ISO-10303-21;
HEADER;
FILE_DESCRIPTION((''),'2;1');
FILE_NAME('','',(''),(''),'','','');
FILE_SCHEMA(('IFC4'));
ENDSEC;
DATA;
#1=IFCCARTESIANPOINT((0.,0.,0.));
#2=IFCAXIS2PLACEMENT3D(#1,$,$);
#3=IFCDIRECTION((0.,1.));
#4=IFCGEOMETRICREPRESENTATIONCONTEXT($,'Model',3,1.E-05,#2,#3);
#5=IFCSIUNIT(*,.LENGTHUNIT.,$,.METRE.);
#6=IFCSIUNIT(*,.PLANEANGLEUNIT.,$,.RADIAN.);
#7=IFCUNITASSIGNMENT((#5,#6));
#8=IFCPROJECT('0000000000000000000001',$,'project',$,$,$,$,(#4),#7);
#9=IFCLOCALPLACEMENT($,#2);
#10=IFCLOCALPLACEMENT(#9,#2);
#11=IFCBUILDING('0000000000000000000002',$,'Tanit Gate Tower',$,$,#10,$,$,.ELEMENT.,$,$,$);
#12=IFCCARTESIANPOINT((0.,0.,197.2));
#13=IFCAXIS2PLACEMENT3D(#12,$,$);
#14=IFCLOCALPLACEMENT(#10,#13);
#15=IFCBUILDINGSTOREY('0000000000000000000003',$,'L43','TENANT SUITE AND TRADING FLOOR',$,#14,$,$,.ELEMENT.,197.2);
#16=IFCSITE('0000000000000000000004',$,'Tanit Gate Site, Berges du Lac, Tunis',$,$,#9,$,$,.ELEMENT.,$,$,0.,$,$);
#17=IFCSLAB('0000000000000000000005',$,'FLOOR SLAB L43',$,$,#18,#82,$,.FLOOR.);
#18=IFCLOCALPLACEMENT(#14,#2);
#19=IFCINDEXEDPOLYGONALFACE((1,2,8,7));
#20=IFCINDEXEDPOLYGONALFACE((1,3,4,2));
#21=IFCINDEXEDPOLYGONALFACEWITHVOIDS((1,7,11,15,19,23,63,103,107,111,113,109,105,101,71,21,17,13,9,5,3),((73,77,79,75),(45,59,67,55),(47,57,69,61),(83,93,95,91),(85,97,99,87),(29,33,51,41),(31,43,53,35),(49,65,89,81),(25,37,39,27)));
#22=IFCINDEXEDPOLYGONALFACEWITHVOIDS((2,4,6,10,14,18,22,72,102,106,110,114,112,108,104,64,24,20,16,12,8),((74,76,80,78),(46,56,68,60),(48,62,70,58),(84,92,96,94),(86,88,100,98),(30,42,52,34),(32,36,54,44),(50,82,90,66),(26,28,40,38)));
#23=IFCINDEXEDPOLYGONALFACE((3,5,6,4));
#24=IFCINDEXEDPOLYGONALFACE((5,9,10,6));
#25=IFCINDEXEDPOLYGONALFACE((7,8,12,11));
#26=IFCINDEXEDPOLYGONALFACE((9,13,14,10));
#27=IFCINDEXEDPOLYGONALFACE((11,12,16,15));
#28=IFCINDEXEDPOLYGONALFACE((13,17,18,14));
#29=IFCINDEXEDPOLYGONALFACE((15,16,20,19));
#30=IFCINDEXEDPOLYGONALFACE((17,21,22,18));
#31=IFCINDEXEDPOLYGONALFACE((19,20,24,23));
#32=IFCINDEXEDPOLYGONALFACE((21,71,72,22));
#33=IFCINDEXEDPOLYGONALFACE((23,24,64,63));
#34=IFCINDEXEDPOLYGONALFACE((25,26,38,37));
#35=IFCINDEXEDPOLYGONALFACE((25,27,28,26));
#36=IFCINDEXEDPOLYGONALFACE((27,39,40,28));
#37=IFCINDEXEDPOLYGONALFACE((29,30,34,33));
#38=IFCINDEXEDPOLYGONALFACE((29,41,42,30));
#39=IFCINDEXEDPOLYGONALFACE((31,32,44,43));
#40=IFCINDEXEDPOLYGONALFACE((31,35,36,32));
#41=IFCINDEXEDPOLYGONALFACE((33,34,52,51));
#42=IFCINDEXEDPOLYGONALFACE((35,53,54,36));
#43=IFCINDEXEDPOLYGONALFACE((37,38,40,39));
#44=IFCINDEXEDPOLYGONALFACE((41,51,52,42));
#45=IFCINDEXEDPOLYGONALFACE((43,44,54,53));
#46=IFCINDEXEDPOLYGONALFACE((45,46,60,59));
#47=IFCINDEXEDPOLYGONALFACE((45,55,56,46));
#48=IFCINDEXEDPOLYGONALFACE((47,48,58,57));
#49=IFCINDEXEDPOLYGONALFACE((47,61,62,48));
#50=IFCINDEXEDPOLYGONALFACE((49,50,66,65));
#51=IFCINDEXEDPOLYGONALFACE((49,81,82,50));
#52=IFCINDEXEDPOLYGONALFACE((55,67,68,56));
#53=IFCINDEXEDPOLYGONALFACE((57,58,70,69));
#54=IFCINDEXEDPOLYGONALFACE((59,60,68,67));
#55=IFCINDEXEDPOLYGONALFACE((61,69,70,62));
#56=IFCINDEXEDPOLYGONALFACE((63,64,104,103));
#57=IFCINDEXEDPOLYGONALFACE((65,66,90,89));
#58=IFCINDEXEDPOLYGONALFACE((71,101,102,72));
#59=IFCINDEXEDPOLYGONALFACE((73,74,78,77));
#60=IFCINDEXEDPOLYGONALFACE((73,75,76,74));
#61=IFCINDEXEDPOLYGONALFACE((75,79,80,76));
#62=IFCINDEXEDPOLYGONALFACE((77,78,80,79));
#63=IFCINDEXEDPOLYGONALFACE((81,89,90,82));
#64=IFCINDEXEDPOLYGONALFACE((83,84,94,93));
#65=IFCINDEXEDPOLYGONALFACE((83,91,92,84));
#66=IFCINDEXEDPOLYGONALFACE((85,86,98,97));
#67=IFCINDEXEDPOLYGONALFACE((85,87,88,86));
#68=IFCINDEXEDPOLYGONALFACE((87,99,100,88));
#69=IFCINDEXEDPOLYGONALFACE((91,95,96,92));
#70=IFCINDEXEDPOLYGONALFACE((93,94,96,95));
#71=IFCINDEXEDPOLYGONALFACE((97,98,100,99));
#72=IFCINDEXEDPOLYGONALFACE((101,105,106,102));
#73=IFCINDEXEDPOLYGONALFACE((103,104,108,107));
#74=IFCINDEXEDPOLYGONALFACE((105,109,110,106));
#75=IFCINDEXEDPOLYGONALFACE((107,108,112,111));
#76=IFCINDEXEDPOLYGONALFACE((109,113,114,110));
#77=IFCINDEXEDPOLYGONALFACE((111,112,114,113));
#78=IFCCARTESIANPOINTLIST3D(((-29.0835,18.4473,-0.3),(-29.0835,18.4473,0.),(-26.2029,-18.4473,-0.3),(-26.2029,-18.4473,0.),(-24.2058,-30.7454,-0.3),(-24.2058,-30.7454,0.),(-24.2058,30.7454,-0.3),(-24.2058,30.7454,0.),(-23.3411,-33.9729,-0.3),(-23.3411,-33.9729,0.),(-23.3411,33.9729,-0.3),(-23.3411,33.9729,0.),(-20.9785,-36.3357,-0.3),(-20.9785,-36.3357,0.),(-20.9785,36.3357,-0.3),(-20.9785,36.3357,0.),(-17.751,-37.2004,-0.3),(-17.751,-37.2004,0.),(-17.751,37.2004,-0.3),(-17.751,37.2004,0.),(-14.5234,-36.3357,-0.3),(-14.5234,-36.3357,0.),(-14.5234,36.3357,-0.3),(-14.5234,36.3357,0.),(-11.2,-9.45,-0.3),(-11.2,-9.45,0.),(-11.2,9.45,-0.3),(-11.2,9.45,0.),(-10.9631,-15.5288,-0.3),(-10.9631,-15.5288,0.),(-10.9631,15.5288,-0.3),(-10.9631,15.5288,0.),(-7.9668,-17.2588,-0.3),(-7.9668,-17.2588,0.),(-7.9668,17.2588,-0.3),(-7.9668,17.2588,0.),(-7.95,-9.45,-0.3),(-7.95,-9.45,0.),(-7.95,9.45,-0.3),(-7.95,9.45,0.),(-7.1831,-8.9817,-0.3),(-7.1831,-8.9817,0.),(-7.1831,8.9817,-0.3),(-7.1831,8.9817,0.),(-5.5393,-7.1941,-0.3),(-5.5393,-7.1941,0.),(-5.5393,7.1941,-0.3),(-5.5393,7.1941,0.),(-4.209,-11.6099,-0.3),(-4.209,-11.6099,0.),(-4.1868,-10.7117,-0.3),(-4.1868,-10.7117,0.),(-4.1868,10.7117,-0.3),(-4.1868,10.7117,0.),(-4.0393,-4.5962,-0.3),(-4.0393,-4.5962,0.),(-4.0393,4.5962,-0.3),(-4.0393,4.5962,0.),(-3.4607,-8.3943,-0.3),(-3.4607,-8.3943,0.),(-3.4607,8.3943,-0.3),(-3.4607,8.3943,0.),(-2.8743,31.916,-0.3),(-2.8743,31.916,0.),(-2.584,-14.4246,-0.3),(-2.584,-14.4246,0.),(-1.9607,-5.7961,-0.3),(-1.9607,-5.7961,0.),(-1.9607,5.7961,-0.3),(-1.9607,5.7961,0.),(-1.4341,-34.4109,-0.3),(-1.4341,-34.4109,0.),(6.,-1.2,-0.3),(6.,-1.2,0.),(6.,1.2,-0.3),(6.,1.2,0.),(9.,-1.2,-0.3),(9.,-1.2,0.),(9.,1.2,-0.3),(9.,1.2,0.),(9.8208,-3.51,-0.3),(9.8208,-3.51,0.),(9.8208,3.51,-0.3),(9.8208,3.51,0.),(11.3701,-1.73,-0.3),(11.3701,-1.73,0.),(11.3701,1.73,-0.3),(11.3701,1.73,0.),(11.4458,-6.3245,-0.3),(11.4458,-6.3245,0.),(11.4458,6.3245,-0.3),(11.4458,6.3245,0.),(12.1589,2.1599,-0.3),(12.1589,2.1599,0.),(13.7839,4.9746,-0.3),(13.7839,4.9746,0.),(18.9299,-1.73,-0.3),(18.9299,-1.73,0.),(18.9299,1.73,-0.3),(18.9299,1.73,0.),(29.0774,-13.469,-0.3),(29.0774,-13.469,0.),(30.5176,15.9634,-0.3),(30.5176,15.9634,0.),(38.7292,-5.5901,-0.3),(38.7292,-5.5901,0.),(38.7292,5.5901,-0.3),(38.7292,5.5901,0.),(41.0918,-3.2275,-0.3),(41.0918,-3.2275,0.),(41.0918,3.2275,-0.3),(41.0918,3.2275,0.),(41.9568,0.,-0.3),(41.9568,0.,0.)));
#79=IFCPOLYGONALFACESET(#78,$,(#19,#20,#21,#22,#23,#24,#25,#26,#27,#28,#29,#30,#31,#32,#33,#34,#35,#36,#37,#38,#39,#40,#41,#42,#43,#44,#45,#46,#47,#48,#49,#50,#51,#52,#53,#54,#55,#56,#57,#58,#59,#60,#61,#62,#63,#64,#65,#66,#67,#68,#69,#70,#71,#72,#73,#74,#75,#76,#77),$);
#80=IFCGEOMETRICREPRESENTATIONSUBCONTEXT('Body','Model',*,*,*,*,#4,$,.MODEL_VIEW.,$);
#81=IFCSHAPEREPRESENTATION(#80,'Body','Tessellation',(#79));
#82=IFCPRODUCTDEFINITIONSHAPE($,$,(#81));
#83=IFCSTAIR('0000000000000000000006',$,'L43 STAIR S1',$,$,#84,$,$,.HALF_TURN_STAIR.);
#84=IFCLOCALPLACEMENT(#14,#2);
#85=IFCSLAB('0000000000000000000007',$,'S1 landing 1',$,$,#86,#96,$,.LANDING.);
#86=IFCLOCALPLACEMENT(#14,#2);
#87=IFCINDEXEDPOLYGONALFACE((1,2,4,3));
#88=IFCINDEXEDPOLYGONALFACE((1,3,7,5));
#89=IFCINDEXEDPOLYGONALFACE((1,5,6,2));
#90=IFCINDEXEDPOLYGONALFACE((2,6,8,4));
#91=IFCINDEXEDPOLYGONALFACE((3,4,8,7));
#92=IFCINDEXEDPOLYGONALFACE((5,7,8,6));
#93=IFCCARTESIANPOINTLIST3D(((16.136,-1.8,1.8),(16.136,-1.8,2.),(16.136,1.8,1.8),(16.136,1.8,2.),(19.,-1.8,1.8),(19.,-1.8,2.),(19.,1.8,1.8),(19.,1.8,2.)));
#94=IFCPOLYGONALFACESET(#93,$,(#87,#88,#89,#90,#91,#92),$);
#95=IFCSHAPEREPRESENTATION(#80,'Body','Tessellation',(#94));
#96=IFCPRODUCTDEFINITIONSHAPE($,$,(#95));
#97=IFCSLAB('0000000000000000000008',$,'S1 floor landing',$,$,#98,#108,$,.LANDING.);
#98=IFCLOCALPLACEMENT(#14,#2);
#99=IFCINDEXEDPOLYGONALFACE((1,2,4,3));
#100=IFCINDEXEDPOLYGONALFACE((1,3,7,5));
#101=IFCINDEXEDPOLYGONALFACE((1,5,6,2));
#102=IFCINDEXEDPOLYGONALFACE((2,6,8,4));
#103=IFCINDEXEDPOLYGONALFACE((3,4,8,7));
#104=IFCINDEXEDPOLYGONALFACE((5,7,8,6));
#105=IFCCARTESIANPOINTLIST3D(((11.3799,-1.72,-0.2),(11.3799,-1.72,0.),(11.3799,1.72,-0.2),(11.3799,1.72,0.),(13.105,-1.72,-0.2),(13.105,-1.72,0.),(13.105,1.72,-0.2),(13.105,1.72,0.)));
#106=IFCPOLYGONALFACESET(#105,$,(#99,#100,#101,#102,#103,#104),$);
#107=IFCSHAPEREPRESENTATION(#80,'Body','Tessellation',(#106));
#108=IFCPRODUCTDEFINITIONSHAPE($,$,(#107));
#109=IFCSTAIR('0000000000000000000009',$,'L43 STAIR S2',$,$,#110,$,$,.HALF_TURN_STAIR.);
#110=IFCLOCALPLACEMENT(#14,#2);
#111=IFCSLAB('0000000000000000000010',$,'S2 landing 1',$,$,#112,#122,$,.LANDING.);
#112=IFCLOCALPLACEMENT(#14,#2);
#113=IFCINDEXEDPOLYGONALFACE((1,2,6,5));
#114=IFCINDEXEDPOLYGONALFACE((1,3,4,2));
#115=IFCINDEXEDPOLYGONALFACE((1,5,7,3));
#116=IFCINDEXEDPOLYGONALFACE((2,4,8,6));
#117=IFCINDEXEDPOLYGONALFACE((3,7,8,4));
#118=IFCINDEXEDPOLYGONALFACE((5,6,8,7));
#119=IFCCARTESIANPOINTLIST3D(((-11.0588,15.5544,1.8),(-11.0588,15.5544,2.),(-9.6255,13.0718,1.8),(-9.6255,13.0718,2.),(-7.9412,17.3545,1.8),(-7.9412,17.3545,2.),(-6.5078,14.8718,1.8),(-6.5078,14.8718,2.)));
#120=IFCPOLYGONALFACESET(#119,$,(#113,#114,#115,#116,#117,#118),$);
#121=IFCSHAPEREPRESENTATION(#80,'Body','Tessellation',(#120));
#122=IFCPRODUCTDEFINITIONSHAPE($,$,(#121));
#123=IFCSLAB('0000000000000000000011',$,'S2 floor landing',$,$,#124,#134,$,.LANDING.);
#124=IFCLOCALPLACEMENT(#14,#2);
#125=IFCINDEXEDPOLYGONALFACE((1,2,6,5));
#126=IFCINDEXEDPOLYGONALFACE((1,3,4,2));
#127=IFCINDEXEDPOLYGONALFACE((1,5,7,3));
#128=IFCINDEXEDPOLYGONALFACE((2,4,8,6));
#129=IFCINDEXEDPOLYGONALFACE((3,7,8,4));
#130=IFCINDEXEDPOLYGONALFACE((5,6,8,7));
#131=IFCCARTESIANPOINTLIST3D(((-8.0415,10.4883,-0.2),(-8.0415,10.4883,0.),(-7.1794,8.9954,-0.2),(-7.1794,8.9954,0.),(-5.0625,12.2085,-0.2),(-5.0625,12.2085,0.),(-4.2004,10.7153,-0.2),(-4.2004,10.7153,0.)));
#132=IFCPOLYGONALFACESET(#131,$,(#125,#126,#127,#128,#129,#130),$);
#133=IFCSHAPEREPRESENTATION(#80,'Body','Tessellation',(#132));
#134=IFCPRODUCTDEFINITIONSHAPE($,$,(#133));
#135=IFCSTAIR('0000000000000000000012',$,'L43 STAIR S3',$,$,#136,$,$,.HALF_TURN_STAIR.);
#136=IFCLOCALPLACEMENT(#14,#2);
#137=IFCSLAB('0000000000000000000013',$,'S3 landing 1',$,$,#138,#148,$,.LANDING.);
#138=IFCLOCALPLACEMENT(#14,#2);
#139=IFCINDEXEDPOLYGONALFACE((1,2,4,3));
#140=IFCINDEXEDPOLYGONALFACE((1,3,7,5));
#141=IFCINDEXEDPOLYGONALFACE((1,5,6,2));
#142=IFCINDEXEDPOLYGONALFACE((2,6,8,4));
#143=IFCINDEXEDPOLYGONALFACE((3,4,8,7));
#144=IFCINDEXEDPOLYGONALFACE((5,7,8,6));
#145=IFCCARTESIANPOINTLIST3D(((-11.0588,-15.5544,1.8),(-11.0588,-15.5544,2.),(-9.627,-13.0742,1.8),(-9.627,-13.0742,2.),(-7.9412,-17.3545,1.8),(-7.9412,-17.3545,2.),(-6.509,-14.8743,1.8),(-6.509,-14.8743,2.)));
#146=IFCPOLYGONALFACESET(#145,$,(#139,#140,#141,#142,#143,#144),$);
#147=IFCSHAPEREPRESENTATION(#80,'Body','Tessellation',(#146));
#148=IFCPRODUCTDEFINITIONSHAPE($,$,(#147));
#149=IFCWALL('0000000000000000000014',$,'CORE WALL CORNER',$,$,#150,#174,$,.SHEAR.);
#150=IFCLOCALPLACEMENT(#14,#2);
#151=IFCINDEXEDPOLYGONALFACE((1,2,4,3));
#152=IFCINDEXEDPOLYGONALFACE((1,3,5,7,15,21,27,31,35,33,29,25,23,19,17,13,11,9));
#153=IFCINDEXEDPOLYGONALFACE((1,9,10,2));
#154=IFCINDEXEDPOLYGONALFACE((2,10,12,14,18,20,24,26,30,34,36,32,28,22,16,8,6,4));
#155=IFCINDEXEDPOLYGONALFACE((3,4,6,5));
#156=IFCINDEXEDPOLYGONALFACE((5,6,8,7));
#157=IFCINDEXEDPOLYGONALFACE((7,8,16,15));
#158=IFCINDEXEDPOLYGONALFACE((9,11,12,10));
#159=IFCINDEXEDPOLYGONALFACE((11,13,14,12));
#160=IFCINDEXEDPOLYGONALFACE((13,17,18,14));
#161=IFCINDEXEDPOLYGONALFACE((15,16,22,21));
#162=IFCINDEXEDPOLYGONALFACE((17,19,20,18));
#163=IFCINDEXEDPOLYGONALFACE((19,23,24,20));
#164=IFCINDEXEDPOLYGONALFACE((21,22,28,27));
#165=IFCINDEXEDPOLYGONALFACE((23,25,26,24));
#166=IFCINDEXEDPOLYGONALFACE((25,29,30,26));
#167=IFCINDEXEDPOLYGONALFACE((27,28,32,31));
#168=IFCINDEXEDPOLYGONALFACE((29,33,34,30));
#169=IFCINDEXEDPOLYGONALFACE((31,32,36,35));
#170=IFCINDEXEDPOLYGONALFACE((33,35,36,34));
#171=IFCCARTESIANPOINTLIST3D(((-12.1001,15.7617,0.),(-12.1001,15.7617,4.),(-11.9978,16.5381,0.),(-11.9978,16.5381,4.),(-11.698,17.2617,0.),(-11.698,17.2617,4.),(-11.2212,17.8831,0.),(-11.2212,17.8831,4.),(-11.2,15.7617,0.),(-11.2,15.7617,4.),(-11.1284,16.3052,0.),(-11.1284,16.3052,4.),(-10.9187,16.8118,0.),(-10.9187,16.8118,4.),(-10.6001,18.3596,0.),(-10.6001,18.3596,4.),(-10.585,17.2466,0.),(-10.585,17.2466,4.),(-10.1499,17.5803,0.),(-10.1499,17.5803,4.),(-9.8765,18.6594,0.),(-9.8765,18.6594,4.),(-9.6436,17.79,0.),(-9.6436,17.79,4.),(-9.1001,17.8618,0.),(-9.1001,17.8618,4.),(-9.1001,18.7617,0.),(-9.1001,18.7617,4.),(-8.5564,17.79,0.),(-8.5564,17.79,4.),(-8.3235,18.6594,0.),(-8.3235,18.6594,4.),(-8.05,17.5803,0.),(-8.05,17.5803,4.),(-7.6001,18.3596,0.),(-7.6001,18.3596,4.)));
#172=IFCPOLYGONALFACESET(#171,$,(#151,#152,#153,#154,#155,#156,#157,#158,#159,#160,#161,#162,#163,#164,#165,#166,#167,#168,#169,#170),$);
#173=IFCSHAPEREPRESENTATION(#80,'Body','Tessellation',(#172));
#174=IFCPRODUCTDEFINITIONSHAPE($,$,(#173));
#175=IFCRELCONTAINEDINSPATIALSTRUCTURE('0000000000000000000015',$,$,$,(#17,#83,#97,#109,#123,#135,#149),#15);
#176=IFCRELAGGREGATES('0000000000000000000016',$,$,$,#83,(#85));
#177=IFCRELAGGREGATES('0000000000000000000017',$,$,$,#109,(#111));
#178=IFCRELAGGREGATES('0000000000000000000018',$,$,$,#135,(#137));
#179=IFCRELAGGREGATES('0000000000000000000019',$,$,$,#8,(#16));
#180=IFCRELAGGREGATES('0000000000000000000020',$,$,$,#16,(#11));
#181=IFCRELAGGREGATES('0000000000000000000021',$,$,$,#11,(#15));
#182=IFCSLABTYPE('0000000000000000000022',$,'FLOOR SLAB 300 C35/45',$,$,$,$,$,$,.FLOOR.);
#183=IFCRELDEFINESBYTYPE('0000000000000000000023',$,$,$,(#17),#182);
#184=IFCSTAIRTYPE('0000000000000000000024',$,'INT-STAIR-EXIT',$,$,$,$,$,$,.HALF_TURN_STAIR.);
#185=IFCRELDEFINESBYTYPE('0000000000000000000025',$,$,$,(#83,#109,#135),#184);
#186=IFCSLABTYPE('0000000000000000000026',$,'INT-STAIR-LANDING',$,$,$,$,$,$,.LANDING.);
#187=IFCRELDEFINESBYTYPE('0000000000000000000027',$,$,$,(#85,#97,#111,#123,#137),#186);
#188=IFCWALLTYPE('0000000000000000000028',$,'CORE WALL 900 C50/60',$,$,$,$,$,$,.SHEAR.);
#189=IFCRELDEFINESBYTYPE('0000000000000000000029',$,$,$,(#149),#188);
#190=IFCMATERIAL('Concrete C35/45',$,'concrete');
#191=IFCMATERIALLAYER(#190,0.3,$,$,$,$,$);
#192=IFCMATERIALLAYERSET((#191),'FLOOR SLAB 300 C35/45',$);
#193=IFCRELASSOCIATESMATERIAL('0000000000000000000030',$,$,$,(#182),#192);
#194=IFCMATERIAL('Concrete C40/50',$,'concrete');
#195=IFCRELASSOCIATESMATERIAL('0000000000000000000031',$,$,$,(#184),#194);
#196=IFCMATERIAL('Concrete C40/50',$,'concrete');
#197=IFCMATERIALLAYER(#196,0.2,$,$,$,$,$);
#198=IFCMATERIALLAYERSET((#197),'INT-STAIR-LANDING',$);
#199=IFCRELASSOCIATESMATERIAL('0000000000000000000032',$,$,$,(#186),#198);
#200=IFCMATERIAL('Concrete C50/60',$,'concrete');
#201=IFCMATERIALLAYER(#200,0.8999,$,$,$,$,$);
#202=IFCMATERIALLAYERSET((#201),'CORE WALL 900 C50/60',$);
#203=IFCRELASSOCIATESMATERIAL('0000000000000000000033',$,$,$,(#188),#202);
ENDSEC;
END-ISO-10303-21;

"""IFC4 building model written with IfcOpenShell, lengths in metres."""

from ifc_helpers import new_model, si_unit, direction, frame, origin, place, context, subcontext, project, spatial, polyline, outline, extrude, material, layer, layer_set, type_object, element, aggregate, save


model = new_model("IFC4")

# Units and contexts
model_context = context("Model", 3, precision=1e-05, world=origin(), true_north=direction((0.0, 1.0)))
body_context = subcontext(model_context, "Body", "Model", "MODEL_VIEW")
ifc_project = project(units=[si_unit("LENGTHUNIT", "METRE"), si_unit("PLANEANGLEUNIT", "RADIAN")], contexts=[model_context])

# Site, building, storey
site_placement = place(None, origin())
site = spatial("IfcSite", under=ifc_project, at=site_placement, Name="Tanit Gate Site, Berges du Lac, Tunis", CompositionType="ELEMENT", RefElevation=0.0)
building_placement = place(site_placement, origin())
building = spatial("IfcBuilding", under=site, at=building_placement, Name="Tanit Gate Tower", CompositionType="ELEMENT")
storey_placement = place(building_placement, frame((0.0, 0.0, 197.2)))
storey = spatial("IfcBuildingStorey", under=building, at=storey_placement, Name="L43", Description="TENANT SUITE AND TRADING FLOOR", CompositionType="ELEMENT", Elevation=197.2)

# Slab
ifc_material_1 = material(Name="Concrete C35/45", Category="concrete")
ifc_layer_1 = layer(ifc_material_1, 0.3)
ifc_layer_set_1 = layer_set([ifc_layer_1], Name="FLOOR SLAB 300 C35/45")
slab_type_1 = type_object("IfcSlabType", Name="FLOOR SLAB 300 C35/45", PredefinedType="FLOOR", material=ifc_layer_set_1)
slab_1_placement = place(storey_placement, frame((0.0, 0.0, -0.3)))
element("IfcSlab", 1, at=slab_1_placement, inside=storey, type_object=slab_type_1, Name="FLOOR SLAB L43", PredefinedType="FLOOR", context=body_context, shape_type="SweptSolid", body=[
    extrude(outline(polyline([(38.7292, 5.5901), (41.0918, 3.2275), (41.9568, 0.0), (41.0918, -3.2275), (38.7292, -5.5901), (29.0774, -13.469), (-1.4341, -34.4109), (-14.5234, -36.3357), (-17.751, -37.2004), (-20.9785, -36.3357), (-23.3411, -33.9729), (-24.2058, -30.7454), (-26.2029, -18.4473), (-29.0835, 18.4473), (-24.2058, 30.7454), (-23.3411, 33.9729), (-20.9785, 36.3357), (-17.751, 37.2004), (-14.5234, 36.3357), (-2.8743, 31.916), (30.5176, 15.9634), (38.7292, 5.5901)]), holes=[polyline([(11.3701, 1.73), (18.9299, 1.73), (18.9299, -1.73), (11.3701, -1.73), (11.3701, 1.73)]), polyline([(9.8208, 3.51), (11.4458, 6.3245), (13.7839, 4.9746), (12.1589, 2.1599), (9.8208, 3.51)]), polyline([(-4.209, -11.6099), (9.8208, -3.51), (11.4458, -6.3245), (-2.584, -14.4246), (-4.209, -11.6099)]), polyline([(6.0, 1.2), (9.0, 1.2), (9.0, -1.2), (6.0, -1.2), (6.0, 1.2)]), polyline([(-5.5393, 7.1941), (-3.4607, 8.3943), (-1.9607, 5.7961), (-4.0393, 4.5962), (-5.5393, 7.1941)]), polyline([(-1.9607, -5.7961), (-3.4607, -8.3943), (-5.5393, -7.1941), (-4.0393, -4.5962), (-1.9607, -5.7961)]), polyline([(-10.9631, 15.5288), (-7.9668, 17.2588), (-4.1868, 10.7117), (-7.1831, 8.9817), (-10.9631, 15.5288)]), polyline([(-4.1868, -10.7117), (-7.9668, -17.2588), (-10.9631, -15.5288), (-7.1831, -8.9817), (-4.1868, -10.7117)]), polyline([(-11.2, -9.45), (-11.2, 9.45), (-7.95, 9.45), (-7.95, -9.45), (-11.2, -9.45)])]), origin(), (0.0, 0.0, 1.0), 0.3),
])

# Stair, slab
ifc_material_2 = material(Name="Concrete C40/50", Category="concrete")
stair_type = type_object("IfcStairType", Name="INT-STAIR-EXIT", PredefinedType="HALF_TURN_STAIR", material=ifc_material_2)
stair_1_placement = place(storey_placement, origin())
stair_1 = element("IfcStair", 2, at=stair_1_placement, inside=storey, type_object=stair_type, Name="L43 STAIR S1", PredefinedType="HALF_TURN_STAIR")
ifc_material_3 = material(Name="Concrete C40/50", Category="concrete")
ifc_layer_2 = layer(ifc_material_3, 0.2)
ifc_layer_set_2 = layer_set([ifc_layer_2], Name="INT-STAIR-LANDING")
slab_type_2 = type_object("IfcSlabType", Name="INT-STAIR-LANDING", PredefinedType="LANDING", material=ifc_layer_set_2)
slab_2_placement = place(storey_placement, frame((0.0, 0.0, 1.8)))
slab_2 = element("IfcSlab", 3, at=slab_2_placement, type_object=slab_type_2, Name="S1 landing 1", PredefinedType="LANDING", context=body_context, shape_type="SweptSolid", body=[
    extrude(outline(polyline([(16.136, -1.8), (19.0, -1.8), (19.0, 1.8), (16.136, 1.8), (16.136, -1.8)])), origin(), (0.0, 0.0, 1.0), 0.2),
])
aggregate(stair_1, [slab_2])

# Slab
slab_3_placement = place(storey_placement, frame((0.0, 0.0, -0.2)))
element("IfcSlab", 4, at=slab_3_placement, inside=storey, type_object=slab_type_2, Name="S1 floor landing", PredefinedType="LANDING", context=body_context, shape_type="SweptSolid", body=[
    extrude(outline(polyline([(11.3799, -1.72), (13.105, -1.72), (13.105, 1.72), (11.3799, 1.72), (11.3799, -1.72)])), origin(), (0.0, 0.0, 1.0), 0.2),
])

# Stair, slab
stair_2_placement = place(storey_placement, origin())
stair_2 = element("IfcStair", 5, at=stair_2_placement, inside=storey, type_object=stair_type, Name="L43 STAIR S2", PredefinedType="HALF_TURN_STAIR")
slab_4_placement = place(storey_placement, frame((0.0, 0.0, 1.8)))
slab_4 = element("IfcSlab", 6, at=slab_4_placement, type_object=slab_type_2, Name="S2 landing 1", PredefinedType="LANDING", context=body_context, shape_type="SweptSolid", body=[
    extrude(outline(polyline([(-6.5078, 14.8718), (-7.9412, 17.3545), (-11.0588, 15.5544), (-9.6255, 13.0718), (-6.5078, 14.8718)])), origin(), (0.0, 0.0, 1.0), 0.2),
])
aggregate(stair_2, [slab_4])

# Slab
slab_5_placement = place(storey_placement, frame((0.0, 0.0, -0.2)))
element("IfcSlab", 7, at=slab_5_placement, inside=storey, type_object=slab_type_2, Name="S2 floor landing", PredefinedType="LANDING", context=body_context, shape_type="SweptSolid", body=[
    extrude(outline(polyline([(-4.2004, 10.7153), (-5.0625, 12.2085), (-8.0415, 10.4883), (-7.1794, 8.9954), (-4.2004, 10.7153)])), origin(), (0.0, 0.0, 1.0), 0.2),
])

# Stair, slab
stair_3_placement = place(storey_placement, origin())
stair_3 = element("IfcStair", 8, at=stair_3_placement, inside=storey, type_object=stair_type, Name="L43 STAIR S3", PredefinedType="HALF_TURN_STAIR")
slab_6_placement = place(storey_placement, frame((0.0, 0.0, 1.8)))
slab_6 = element("IfcSlab", 9, at=slab_6_placement, type_object=slab_type_2, Name="S3 landing 1", PredefinedType="LANDING", context=body_context, shape_type="SweptSolid", body=[
    extrude(outline(polyline([(-9.627, -13.0742), (-11.0588, -15.5544), (-7.9412, -17.3545), (-6.509, -14.8743), (-9.627, -13.0742)])), origin(), (0.0, 0.0, 1.0), 0.2),
])
aggregate(stair_3, [slab_6])

# Wall
ifc_material_4 = material(Name="Concrete C50/60", Category="concrete")
ifc_layer_3 = layer(ifc_material_4, 0.8999)
ifc_layer_set_3 = layer_set([ifc_layer_3], Name="CORE WALL 900 C50/60")
wall_type_1 = type_object("IfcWallType", Name="CORE WALL 900 C50/60", PredefinedType="SHEAR", material=ifc_layer_set_3)
wall_1_placement = place(storey_placement, origin())
element("IfcWall", 10, at=wall_1_placement, inside=storey, type_object=wall_type_1, Name="CORE WALL CORNER", PredefinedType="SHEAR", context=body_context, shape_type="SweptSolid", body=[
    extrude(outline(polyline([(-7.6001, 18.3596), (-8.3235, 18.6594), (-9.1001, 18.7617), (-9.8765, 18.6594), (-10.6001, 18.3596), (-11.2212, 17.8831), (-11.698, 17.2617), (-11.9978, 16.5381), (-12.1001, 15.7617), (-11.2, 15.7617), (-11.1284, 16.3052), (-10.9187, 16.8118), (-10.585, 17.2466), (-10.1499, 17.5803), (-9.6436, 17.79), (-9.1001, 17.8618), (-8.5564, 17.79), (-8.05, 17.5803), (-7.6001, 18.3596)])), origin(), (0.0, 0.0, 1.0), 4.0),
])

save(model, "model.ifc")
